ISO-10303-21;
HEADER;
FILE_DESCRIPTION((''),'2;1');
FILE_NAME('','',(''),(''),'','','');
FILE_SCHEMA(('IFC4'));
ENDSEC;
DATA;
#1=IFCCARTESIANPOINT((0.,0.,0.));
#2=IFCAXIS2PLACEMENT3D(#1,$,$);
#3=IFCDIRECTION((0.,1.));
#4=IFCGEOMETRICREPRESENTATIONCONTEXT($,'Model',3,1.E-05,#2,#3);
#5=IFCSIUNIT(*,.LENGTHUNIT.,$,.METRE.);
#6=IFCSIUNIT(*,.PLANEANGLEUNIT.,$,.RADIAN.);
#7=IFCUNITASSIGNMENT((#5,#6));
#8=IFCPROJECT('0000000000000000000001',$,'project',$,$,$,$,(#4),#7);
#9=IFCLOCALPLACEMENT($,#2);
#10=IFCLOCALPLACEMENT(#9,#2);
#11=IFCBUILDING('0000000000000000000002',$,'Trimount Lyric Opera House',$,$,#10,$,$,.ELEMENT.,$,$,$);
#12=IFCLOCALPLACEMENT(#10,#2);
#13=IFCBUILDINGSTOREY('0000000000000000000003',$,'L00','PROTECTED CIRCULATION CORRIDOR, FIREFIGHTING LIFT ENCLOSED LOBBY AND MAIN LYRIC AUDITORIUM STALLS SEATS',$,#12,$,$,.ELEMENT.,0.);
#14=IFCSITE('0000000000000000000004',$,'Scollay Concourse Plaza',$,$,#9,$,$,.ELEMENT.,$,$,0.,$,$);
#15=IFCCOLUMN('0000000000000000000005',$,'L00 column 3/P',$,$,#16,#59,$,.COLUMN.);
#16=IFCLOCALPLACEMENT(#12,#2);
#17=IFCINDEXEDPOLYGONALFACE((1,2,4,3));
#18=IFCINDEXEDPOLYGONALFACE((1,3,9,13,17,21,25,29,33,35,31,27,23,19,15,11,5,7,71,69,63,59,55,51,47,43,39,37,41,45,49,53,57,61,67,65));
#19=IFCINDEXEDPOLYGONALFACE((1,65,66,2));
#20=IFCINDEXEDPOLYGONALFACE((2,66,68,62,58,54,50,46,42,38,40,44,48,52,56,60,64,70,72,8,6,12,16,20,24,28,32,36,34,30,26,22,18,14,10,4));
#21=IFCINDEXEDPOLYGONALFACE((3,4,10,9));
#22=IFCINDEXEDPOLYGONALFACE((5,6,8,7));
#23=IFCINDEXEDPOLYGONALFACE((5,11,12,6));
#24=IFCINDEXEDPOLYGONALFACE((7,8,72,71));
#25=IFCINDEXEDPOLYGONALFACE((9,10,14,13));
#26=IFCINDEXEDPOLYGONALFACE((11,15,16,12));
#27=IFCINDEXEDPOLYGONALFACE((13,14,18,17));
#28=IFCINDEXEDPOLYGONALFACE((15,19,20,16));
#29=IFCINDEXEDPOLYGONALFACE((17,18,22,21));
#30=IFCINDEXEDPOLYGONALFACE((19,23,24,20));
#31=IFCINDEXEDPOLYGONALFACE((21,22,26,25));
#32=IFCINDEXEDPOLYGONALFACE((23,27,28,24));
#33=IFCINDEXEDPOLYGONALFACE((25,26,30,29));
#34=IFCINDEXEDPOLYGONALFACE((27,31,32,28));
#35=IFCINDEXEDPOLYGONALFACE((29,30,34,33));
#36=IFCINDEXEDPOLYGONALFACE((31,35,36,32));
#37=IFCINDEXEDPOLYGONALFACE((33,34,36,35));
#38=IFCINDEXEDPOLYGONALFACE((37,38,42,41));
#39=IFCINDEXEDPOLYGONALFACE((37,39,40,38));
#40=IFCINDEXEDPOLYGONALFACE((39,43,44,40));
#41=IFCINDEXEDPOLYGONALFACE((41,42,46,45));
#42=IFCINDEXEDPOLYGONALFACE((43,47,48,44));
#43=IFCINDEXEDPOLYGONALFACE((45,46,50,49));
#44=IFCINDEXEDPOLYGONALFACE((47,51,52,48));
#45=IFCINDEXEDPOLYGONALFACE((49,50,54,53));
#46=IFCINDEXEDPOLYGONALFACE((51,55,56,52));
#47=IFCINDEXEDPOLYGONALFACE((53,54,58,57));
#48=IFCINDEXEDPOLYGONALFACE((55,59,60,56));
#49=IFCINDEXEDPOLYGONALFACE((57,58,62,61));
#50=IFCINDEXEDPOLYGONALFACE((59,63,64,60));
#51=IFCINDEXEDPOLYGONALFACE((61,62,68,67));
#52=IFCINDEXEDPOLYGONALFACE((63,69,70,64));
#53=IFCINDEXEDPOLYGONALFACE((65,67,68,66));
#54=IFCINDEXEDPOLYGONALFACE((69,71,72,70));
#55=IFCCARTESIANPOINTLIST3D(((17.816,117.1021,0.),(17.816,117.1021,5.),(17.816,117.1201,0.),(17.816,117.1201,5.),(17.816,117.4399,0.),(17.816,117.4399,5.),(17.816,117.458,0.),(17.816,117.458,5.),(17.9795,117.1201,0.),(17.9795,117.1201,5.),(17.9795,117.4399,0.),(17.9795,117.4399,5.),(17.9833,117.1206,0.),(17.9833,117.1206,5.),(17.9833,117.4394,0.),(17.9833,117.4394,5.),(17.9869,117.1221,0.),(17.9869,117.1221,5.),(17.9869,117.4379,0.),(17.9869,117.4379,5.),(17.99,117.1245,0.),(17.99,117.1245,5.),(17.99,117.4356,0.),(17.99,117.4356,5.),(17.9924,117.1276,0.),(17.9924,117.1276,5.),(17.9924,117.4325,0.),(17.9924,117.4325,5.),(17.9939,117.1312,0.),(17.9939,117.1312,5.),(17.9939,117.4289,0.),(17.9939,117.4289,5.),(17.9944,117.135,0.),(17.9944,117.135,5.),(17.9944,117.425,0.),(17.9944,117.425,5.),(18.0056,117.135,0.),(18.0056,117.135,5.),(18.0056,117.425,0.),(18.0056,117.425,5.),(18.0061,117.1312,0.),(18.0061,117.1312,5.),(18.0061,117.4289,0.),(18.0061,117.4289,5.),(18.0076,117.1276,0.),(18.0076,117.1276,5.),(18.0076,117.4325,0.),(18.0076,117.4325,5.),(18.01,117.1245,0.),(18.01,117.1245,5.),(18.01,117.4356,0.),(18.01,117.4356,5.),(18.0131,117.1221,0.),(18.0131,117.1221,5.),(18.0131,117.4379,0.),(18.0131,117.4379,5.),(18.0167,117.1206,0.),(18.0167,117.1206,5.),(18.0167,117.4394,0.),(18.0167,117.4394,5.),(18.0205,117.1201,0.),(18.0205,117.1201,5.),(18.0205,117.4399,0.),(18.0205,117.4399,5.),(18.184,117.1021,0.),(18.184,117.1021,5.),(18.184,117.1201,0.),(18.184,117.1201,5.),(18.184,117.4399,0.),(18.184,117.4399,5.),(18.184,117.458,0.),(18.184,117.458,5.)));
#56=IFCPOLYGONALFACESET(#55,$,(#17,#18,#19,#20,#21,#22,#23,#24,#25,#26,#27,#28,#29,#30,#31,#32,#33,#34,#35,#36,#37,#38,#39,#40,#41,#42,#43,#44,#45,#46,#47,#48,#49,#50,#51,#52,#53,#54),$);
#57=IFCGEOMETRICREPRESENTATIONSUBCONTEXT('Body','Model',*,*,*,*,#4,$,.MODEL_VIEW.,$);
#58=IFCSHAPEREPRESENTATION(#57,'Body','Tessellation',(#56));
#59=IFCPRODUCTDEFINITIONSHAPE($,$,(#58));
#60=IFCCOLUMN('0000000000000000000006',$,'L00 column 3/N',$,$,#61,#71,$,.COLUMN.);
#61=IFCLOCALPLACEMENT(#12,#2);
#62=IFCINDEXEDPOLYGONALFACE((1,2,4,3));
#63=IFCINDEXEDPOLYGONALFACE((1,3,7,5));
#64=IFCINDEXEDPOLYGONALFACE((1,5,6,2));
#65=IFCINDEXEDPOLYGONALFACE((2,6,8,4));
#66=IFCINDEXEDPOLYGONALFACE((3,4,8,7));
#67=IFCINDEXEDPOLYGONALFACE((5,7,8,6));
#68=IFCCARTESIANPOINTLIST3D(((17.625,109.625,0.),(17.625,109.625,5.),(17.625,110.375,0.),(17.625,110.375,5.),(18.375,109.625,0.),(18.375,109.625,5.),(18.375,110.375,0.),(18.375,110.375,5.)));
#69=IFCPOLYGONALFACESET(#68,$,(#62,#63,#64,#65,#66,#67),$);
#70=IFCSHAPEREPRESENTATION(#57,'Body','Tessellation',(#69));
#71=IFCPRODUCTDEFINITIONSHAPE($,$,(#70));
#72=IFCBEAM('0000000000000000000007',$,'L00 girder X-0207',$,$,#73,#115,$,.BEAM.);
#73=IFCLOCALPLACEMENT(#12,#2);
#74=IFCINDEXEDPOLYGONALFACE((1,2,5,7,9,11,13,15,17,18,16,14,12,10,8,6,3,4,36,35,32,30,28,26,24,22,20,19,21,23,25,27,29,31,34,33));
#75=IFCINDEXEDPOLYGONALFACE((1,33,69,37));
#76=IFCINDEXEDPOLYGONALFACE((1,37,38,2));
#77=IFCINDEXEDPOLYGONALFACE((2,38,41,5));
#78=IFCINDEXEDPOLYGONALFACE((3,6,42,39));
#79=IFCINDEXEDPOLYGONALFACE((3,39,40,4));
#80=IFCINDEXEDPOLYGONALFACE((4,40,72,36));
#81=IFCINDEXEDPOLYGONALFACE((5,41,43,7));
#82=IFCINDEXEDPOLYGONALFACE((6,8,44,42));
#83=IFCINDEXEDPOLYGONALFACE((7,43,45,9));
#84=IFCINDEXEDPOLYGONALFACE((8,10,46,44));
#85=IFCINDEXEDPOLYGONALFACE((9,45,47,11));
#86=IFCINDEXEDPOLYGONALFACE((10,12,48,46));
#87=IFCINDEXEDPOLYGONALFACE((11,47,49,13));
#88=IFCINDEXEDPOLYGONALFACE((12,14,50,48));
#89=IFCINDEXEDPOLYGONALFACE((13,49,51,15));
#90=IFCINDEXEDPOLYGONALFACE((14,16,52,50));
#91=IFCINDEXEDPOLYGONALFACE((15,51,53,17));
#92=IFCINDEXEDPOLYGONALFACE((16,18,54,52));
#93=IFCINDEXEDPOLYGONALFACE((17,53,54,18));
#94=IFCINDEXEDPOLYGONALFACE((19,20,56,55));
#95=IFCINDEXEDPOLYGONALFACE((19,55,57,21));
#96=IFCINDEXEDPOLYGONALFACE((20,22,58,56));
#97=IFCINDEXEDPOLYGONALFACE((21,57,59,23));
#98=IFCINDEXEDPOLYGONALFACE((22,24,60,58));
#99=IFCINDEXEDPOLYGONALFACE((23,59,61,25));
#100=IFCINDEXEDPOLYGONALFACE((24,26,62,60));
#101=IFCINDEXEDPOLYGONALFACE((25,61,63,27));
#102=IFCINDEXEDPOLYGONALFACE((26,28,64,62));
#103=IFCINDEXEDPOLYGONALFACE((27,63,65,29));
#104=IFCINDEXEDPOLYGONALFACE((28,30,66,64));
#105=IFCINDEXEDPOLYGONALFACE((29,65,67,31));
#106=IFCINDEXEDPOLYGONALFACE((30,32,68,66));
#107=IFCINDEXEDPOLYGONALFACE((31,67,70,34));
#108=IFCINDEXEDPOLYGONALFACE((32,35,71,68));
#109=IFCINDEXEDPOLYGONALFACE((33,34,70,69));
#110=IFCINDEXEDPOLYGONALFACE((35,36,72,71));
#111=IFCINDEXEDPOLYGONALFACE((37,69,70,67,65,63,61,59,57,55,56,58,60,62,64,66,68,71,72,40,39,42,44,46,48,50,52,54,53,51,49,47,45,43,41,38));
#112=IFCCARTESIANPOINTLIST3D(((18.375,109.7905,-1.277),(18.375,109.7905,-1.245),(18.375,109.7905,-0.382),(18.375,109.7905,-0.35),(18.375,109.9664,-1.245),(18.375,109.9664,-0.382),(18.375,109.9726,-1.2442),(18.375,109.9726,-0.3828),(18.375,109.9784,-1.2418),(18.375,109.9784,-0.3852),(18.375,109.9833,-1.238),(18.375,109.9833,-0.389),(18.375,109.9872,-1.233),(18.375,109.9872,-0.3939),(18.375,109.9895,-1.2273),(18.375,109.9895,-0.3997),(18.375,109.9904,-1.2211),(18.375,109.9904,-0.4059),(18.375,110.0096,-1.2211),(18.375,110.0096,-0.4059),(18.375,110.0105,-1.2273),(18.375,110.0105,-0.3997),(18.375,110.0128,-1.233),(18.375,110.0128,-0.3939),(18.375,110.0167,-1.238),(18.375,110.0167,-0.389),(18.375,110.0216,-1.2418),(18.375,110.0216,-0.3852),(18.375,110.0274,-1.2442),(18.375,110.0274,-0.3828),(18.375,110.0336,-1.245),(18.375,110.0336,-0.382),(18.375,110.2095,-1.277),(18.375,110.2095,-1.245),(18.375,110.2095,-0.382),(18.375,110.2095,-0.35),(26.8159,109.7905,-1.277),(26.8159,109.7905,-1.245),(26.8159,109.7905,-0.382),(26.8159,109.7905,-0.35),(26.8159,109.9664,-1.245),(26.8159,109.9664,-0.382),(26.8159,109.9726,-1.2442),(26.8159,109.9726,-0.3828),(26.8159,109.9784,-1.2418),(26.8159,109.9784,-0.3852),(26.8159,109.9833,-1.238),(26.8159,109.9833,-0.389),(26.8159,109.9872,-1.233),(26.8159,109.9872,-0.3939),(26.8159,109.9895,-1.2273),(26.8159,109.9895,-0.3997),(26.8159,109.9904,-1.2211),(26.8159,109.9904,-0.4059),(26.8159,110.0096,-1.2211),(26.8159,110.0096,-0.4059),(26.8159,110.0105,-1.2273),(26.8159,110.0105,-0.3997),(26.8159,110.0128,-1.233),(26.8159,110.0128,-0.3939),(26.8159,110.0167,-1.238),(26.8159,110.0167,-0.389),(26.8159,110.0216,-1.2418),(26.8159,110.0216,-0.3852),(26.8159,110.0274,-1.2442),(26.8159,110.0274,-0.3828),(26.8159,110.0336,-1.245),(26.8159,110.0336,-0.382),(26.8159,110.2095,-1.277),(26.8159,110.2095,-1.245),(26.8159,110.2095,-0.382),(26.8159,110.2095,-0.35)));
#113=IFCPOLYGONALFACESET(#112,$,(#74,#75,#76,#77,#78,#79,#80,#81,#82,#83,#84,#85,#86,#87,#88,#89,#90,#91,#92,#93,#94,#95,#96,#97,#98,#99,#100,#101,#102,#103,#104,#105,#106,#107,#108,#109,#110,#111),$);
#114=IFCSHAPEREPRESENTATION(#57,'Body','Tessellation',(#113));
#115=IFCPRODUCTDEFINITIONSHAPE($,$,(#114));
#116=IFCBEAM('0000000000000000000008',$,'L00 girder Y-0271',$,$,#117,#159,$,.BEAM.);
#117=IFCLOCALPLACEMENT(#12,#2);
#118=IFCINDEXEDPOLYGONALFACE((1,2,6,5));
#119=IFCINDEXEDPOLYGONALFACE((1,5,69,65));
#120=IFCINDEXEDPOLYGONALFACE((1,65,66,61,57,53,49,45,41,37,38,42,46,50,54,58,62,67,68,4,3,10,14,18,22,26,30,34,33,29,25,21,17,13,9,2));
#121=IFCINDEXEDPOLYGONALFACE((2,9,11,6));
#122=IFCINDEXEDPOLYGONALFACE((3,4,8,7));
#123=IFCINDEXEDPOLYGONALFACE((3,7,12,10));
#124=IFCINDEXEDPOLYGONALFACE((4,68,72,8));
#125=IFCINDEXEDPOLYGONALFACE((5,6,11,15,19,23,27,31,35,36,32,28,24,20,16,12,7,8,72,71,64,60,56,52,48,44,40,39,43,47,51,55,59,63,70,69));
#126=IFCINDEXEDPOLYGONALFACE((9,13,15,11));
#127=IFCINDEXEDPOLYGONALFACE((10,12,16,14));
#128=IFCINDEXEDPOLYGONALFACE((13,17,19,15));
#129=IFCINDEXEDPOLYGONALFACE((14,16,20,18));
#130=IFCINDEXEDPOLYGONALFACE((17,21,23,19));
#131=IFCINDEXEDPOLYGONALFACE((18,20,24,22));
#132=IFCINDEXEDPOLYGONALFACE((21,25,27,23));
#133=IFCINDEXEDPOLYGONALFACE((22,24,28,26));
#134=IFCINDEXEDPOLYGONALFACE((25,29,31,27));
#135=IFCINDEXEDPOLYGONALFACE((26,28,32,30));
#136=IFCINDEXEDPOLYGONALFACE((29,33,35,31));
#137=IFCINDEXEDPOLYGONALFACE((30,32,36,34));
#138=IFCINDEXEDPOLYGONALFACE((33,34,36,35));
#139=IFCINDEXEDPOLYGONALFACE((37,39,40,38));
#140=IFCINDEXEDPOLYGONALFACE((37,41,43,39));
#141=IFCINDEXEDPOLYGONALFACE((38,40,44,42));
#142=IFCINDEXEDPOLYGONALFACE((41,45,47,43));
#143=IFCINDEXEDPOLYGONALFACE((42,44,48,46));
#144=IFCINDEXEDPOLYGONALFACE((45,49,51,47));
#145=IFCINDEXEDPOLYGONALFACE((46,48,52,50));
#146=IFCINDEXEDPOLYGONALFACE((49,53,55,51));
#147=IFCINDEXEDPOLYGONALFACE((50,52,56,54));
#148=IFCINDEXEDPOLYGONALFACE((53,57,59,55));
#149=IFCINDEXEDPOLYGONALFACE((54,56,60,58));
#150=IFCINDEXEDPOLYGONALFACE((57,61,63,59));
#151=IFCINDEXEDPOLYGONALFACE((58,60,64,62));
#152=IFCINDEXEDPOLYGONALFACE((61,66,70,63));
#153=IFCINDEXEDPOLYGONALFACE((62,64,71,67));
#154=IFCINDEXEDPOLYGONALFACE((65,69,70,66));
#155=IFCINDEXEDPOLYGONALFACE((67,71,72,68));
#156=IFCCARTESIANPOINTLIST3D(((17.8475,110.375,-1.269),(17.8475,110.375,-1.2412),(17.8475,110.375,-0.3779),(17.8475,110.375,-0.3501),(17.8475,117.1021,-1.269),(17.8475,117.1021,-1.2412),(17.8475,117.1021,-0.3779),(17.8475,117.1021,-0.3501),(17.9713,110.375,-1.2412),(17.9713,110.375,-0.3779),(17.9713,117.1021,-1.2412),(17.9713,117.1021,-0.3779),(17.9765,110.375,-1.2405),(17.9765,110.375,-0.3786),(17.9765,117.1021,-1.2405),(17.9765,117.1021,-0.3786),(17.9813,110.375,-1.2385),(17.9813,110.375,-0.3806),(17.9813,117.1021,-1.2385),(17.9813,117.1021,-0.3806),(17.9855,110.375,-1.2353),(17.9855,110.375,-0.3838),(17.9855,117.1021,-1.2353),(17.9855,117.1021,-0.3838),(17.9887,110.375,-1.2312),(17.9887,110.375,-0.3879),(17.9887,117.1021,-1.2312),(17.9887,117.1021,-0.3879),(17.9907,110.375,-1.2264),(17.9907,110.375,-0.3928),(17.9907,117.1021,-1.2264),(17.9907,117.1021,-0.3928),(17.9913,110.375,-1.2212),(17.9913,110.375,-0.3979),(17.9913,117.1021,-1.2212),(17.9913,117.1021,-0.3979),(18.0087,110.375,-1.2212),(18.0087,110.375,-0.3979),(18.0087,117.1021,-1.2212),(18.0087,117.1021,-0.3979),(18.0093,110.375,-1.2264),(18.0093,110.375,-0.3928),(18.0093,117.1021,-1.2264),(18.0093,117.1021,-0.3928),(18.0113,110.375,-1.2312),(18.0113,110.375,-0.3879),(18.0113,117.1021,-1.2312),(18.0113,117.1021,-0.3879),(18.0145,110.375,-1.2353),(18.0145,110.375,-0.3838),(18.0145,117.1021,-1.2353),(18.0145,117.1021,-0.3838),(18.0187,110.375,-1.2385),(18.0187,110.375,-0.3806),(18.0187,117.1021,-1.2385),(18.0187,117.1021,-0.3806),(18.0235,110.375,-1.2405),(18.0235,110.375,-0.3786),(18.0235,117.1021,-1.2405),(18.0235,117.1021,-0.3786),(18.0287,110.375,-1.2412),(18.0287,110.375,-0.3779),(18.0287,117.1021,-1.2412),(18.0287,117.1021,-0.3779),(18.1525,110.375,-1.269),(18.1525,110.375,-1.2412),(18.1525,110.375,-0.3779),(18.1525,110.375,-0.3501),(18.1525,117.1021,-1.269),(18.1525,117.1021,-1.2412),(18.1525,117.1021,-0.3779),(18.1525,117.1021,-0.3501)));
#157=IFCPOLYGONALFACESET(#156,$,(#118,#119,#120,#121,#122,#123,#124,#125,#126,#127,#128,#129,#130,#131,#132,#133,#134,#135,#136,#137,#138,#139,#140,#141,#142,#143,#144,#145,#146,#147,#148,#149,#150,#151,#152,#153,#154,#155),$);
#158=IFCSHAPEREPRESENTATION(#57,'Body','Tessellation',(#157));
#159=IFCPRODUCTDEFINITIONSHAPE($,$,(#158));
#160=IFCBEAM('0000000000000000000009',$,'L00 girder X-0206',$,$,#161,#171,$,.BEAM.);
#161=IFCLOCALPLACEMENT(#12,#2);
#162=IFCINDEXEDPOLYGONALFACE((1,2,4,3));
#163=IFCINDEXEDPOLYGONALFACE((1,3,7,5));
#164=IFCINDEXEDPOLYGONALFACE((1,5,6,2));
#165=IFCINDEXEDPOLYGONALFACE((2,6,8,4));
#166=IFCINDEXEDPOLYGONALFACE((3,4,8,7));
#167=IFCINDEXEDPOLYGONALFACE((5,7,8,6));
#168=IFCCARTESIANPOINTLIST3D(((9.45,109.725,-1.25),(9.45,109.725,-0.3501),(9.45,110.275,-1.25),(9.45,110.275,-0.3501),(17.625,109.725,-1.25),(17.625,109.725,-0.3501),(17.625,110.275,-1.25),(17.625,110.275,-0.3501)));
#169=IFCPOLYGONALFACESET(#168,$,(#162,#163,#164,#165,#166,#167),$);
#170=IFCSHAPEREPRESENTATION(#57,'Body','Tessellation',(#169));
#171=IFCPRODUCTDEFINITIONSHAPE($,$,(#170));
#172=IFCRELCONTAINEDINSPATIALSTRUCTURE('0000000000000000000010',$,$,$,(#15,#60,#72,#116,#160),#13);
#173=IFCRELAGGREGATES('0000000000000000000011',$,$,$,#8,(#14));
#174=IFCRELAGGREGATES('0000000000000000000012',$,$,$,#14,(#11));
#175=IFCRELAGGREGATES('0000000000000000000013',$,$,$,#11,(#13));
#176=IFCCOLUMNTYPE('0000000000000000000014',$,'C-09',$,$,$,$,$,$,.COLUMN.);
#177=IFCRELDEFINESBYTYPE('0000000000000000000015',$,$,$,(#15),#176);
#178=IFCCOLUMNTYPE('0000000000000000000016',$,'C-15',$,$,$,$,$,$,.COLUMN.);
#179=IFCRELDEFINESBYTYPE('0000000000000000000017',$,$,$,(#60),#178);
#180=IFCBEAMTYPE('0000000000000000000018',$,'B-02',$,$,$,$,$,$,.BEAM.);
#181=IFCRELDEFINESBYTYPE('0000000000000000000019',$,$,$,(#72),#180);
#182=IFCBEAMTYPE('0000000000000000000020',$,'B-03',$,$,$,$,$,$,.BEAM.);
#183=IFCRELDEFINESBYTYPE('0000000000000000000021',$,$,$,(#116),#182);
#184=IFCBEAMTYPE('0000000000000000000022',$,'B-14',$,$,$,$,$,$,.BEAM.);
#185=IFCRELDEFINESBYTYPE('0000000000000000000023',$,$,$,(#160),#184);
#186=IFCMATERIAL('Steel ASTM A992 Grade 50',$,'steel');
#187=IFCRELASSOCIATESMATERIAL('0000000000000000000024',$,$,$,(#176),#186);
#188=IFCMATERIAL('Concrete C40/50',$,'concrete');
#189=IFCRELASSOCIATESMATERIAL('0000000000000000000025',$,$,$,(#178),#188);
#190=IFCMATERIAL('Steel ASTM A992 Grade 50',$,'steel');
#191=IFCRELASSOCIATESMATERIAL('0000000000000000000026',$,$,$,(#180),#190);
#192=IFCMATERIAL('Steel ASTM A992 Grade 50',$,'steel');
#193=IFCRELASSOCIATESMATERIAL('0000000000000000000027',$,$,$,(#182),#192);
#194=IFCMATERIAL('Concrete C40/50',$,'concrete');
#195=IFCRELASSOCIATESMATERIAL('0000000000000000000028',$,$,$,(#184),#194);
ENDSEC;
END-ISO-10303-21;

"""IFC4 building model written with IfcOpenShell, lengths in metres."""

from ifc_helpers import new_model, si_unit, direction, frame, origin, origin_2d, place, context, subcontext, project, spatial, rectangle, i_section, extrude, material, material_profile, profile_set, type_object, element, save


model = new_model("IFC4")

# Units and contexts
model_context = context("Model", 3, precision=1e-05, world=origin(), true_north=direction((0.0, 1.0)))
body_context = subcontext(model_context, "Body", "Model", "MODEL_VIEW")
ifc_project = project(units=[si_unit("LENGTHUNIT", "METRE"), si_unit("PLANEANGLEUNIT", "RADIAN")], contexts=[model_context])

# Site, building, storey
site_placement = place(None, origin())
site = spatial("IfcSite", under=ifc_project, at=site_placement, Name="Scollay Concourse Plaza", CompositionType="ELEMENT", RefElevation=0.0)
building_placement = place(site_placement, origin())
building = spatial("IfcBuilding", under=site, at=building_placement, Name="Trimount Lyric Opera House", CompositionType="ELEMENT")
storey_placement = place(building_placement, origin())
storey = spatial("IfcBuildingStorey", under=building, at=storey_placement, Name="L00", Description="PROTECTED CIRCULATION CORRIDOR, FIREFIGHTING LIFT ENCLOSED LOBBY AND MAIN LYRIC AUDITORIUM STALLS SEATS", CompositionType="ELEMENT", Elevation=0.0)

# Columns
ifc_material_1 = material(Name="Steel ASTM A992 Grade 50", Category="steel")
ifc_material_profile_1 = material_profile(ifc_material_1, i_section(OverallWidth=0.3679, OverallDepth=0.356, WebThickness=0.0112, FlangeThickness=0.0181, FilletRadius=0.0149, at=origin_2d()), Name="W14X90")
ifc_profile_set_1 = profile_set([ifc_material_profile_1], Name="Steel ASTM A992 Grade 50")
column_type_1 = type_object("IfcColumnType", Name="C-09", PredefinedType="COLUMN", material=ifc_profile_set_1)
column_1_placement = place(storey_placement, frame((18.0, 117.28, 0.0), z_axis=(0.0, 0.0, 1.0), x_axis=(1.0, 0.0, 0.0)))
element("IfcColumn", 1, at=column_1_placement, inside=storey, type_object=column_type_1, Name="L00 column 3/P", PredefinedType="COLUMN", context=body_context, shape_type="SweptSolid", body=[
    extrude(i_section(OverallWidth=0.3679, OverallDepth=0.356, WebThickness=0.0112, FlangeThickness=0.0181, FilletRadius=0.0149, at=origin_2d()), origin(), (0.0, 0.0, 1.0), 5.0),
])
ifc_material_2 = material(Name="Concrete C40/50", Category="concrete")
ifc_material_profile_2 = material_profile(ifc_material_2, rectangle(XDim=0.75, YDim=0.75, at=origin_2d()), Name="RC750X750")
ifc_profile_set_2 = profile_set([ifc_material_profile_2], Name="Concrete C40/50")
column_type_2 = type_object("IfcColumnType", Name="C-15", PredefinedType="COLUMN", material=ifc_profile_set_2)
column_2_placement = place(storey_placement, frame((18.0, 110.0, 0.0), z_axis=(0.0, 0.0, 1.0), x_axis=(1.0, 0.0, 0.0)))
element("IfcColumn", 2, at=column_2_placement, inside=storey, type_object=column_type_2, Name="L00 column 3/N", PredefinedType="COLUMN", context=body_context, shape_type="SweptSolid", body=[
    extrude(rectangle(XDim=0.75, YDim=0.75, at=origin_2d()), origin(), (0.0, 0.0, 1.0), 5.0),
])

# Beams
ifc_material_3 = material(Name="Steel ASTM A992 Grade 50", Category="steel")
ifc_material_profile_3 = material_profile(ifc_material_3, i_section(OverallWidth=0.4189, OverallDepth=0.927, WebThickness=0.0193, FlangeThickness=0.032, FilletRadius=0.0239, at=origin_2d()), Name="W36X231")
ifc_profile_set_3 = profile_set([ifc_material_profile_3], Name="Steel ASTM A992 Grade 50")
beam_type_1 = type_object("IfcBeamType", Name="B-02", PredefinedType="BEAM", material=ifc_profile_set_3)
beam_1_placement = place(storey_placement, frame((18.375, 110.0, -0.8135), z_axis=(1.0, 0.0, 0.0), x_axis=(0.0, 1.0, 0.0)))
element("IfcBeam", 3, at=beam_1_placement, inside=storey, type_object=beam_type_1, Name="L00 girder X-0207", PredefinedType="BEAM", context=body_context, shape_type="SweptSolid", body=[
    extrude(i_section(OverallWidth=0.4189, OverallDepth=0.927, WebThickness=0.0193, FlangeThickness=0.032, FilletRadius=0.0239, at=origin_2d()), origin(), (0.0, 0.0, 1.0), 8.4409),
])
ifc_material_4 = material(Name="Steel ASTM A992 Grade 50", Category="steel")
ifc_material_profile_4 = material_profile(ifc_material_4, i_section(OverallWidth=0.3049, OverallDepth=0.9189, WebThickness=0.0173, FlangeThickness=0.0278, FilletRadius=0.02, at=origin_2d()), Name="W36X170")
ifc_profile_set_4 = profile_set([ifc_material_profile_4], Name="Steel ASTM A992 Grade 50")
beam_type_2 = type_object("IfcBeamType", Name="B-03", PredefinedType="BEAM", material=ifc_profile_set_4)
beam_2_placement = place(storey_placement, frame((18.0, 110.375, -0.8096), z_axis=(0.0, 1.0, 0.0), x_axis=(-1.0, 0.0, 0.0)))
element("IfcBeam", 4, at=beam_2_placement, inside=storey, type_object=beam_type_2, Name="L00 girder Y-0271", PredefinedType="BEAM", context=body_context, shape_type="SweptSolid", body=[
    extrude(i_section(OverallWidth=0.3049, OverallDepth=0.9189, WebThickness=0.0173, FlangeThickness=0.0278, FilletRadius=0.02, at=origin_2d()), origin(), (0.0, 0.0, 1.0), 6.7271),
])
ifc_material_5 = material(Name="Concrete C40/50", Category="concrete")
ifc_material_profile_5 = material_profile(ifc_material_5, rectangle(XDim=0.55, YDim=0.8999, at=origin_2d()), Name="RC550X900")
ifc_profile_set_5 = profile_set([ifc_material_profile_5], Name="Concrete C40/50")
beam_type_3 = type_object("IfcBeamType", Name="B-14", PredefinedType="BEAM", material=ifc_profile_set_5)
beam_3_placement = place(storey_placement, frame((9.45, 110.0, -0.8), z_axis=(1.0, 0.0, 0.0), x_axis=(0.0, 1.0, 0.0)))
element("IfcBeam", 5, at=beam_3_placement, inside=storey, type_object=beam_type_3, Name="L00 girder X-0206", PredefinedType="BEAM", context=body_context, shape_type="SweptSolid", body=[
    extrude(rectangle(XDim=0.55, YDim=0.8999, at=origin_2d()), origin(), (0.0, 0.0, 1.0), 8.175),
])

save(model, "model.ifc")
